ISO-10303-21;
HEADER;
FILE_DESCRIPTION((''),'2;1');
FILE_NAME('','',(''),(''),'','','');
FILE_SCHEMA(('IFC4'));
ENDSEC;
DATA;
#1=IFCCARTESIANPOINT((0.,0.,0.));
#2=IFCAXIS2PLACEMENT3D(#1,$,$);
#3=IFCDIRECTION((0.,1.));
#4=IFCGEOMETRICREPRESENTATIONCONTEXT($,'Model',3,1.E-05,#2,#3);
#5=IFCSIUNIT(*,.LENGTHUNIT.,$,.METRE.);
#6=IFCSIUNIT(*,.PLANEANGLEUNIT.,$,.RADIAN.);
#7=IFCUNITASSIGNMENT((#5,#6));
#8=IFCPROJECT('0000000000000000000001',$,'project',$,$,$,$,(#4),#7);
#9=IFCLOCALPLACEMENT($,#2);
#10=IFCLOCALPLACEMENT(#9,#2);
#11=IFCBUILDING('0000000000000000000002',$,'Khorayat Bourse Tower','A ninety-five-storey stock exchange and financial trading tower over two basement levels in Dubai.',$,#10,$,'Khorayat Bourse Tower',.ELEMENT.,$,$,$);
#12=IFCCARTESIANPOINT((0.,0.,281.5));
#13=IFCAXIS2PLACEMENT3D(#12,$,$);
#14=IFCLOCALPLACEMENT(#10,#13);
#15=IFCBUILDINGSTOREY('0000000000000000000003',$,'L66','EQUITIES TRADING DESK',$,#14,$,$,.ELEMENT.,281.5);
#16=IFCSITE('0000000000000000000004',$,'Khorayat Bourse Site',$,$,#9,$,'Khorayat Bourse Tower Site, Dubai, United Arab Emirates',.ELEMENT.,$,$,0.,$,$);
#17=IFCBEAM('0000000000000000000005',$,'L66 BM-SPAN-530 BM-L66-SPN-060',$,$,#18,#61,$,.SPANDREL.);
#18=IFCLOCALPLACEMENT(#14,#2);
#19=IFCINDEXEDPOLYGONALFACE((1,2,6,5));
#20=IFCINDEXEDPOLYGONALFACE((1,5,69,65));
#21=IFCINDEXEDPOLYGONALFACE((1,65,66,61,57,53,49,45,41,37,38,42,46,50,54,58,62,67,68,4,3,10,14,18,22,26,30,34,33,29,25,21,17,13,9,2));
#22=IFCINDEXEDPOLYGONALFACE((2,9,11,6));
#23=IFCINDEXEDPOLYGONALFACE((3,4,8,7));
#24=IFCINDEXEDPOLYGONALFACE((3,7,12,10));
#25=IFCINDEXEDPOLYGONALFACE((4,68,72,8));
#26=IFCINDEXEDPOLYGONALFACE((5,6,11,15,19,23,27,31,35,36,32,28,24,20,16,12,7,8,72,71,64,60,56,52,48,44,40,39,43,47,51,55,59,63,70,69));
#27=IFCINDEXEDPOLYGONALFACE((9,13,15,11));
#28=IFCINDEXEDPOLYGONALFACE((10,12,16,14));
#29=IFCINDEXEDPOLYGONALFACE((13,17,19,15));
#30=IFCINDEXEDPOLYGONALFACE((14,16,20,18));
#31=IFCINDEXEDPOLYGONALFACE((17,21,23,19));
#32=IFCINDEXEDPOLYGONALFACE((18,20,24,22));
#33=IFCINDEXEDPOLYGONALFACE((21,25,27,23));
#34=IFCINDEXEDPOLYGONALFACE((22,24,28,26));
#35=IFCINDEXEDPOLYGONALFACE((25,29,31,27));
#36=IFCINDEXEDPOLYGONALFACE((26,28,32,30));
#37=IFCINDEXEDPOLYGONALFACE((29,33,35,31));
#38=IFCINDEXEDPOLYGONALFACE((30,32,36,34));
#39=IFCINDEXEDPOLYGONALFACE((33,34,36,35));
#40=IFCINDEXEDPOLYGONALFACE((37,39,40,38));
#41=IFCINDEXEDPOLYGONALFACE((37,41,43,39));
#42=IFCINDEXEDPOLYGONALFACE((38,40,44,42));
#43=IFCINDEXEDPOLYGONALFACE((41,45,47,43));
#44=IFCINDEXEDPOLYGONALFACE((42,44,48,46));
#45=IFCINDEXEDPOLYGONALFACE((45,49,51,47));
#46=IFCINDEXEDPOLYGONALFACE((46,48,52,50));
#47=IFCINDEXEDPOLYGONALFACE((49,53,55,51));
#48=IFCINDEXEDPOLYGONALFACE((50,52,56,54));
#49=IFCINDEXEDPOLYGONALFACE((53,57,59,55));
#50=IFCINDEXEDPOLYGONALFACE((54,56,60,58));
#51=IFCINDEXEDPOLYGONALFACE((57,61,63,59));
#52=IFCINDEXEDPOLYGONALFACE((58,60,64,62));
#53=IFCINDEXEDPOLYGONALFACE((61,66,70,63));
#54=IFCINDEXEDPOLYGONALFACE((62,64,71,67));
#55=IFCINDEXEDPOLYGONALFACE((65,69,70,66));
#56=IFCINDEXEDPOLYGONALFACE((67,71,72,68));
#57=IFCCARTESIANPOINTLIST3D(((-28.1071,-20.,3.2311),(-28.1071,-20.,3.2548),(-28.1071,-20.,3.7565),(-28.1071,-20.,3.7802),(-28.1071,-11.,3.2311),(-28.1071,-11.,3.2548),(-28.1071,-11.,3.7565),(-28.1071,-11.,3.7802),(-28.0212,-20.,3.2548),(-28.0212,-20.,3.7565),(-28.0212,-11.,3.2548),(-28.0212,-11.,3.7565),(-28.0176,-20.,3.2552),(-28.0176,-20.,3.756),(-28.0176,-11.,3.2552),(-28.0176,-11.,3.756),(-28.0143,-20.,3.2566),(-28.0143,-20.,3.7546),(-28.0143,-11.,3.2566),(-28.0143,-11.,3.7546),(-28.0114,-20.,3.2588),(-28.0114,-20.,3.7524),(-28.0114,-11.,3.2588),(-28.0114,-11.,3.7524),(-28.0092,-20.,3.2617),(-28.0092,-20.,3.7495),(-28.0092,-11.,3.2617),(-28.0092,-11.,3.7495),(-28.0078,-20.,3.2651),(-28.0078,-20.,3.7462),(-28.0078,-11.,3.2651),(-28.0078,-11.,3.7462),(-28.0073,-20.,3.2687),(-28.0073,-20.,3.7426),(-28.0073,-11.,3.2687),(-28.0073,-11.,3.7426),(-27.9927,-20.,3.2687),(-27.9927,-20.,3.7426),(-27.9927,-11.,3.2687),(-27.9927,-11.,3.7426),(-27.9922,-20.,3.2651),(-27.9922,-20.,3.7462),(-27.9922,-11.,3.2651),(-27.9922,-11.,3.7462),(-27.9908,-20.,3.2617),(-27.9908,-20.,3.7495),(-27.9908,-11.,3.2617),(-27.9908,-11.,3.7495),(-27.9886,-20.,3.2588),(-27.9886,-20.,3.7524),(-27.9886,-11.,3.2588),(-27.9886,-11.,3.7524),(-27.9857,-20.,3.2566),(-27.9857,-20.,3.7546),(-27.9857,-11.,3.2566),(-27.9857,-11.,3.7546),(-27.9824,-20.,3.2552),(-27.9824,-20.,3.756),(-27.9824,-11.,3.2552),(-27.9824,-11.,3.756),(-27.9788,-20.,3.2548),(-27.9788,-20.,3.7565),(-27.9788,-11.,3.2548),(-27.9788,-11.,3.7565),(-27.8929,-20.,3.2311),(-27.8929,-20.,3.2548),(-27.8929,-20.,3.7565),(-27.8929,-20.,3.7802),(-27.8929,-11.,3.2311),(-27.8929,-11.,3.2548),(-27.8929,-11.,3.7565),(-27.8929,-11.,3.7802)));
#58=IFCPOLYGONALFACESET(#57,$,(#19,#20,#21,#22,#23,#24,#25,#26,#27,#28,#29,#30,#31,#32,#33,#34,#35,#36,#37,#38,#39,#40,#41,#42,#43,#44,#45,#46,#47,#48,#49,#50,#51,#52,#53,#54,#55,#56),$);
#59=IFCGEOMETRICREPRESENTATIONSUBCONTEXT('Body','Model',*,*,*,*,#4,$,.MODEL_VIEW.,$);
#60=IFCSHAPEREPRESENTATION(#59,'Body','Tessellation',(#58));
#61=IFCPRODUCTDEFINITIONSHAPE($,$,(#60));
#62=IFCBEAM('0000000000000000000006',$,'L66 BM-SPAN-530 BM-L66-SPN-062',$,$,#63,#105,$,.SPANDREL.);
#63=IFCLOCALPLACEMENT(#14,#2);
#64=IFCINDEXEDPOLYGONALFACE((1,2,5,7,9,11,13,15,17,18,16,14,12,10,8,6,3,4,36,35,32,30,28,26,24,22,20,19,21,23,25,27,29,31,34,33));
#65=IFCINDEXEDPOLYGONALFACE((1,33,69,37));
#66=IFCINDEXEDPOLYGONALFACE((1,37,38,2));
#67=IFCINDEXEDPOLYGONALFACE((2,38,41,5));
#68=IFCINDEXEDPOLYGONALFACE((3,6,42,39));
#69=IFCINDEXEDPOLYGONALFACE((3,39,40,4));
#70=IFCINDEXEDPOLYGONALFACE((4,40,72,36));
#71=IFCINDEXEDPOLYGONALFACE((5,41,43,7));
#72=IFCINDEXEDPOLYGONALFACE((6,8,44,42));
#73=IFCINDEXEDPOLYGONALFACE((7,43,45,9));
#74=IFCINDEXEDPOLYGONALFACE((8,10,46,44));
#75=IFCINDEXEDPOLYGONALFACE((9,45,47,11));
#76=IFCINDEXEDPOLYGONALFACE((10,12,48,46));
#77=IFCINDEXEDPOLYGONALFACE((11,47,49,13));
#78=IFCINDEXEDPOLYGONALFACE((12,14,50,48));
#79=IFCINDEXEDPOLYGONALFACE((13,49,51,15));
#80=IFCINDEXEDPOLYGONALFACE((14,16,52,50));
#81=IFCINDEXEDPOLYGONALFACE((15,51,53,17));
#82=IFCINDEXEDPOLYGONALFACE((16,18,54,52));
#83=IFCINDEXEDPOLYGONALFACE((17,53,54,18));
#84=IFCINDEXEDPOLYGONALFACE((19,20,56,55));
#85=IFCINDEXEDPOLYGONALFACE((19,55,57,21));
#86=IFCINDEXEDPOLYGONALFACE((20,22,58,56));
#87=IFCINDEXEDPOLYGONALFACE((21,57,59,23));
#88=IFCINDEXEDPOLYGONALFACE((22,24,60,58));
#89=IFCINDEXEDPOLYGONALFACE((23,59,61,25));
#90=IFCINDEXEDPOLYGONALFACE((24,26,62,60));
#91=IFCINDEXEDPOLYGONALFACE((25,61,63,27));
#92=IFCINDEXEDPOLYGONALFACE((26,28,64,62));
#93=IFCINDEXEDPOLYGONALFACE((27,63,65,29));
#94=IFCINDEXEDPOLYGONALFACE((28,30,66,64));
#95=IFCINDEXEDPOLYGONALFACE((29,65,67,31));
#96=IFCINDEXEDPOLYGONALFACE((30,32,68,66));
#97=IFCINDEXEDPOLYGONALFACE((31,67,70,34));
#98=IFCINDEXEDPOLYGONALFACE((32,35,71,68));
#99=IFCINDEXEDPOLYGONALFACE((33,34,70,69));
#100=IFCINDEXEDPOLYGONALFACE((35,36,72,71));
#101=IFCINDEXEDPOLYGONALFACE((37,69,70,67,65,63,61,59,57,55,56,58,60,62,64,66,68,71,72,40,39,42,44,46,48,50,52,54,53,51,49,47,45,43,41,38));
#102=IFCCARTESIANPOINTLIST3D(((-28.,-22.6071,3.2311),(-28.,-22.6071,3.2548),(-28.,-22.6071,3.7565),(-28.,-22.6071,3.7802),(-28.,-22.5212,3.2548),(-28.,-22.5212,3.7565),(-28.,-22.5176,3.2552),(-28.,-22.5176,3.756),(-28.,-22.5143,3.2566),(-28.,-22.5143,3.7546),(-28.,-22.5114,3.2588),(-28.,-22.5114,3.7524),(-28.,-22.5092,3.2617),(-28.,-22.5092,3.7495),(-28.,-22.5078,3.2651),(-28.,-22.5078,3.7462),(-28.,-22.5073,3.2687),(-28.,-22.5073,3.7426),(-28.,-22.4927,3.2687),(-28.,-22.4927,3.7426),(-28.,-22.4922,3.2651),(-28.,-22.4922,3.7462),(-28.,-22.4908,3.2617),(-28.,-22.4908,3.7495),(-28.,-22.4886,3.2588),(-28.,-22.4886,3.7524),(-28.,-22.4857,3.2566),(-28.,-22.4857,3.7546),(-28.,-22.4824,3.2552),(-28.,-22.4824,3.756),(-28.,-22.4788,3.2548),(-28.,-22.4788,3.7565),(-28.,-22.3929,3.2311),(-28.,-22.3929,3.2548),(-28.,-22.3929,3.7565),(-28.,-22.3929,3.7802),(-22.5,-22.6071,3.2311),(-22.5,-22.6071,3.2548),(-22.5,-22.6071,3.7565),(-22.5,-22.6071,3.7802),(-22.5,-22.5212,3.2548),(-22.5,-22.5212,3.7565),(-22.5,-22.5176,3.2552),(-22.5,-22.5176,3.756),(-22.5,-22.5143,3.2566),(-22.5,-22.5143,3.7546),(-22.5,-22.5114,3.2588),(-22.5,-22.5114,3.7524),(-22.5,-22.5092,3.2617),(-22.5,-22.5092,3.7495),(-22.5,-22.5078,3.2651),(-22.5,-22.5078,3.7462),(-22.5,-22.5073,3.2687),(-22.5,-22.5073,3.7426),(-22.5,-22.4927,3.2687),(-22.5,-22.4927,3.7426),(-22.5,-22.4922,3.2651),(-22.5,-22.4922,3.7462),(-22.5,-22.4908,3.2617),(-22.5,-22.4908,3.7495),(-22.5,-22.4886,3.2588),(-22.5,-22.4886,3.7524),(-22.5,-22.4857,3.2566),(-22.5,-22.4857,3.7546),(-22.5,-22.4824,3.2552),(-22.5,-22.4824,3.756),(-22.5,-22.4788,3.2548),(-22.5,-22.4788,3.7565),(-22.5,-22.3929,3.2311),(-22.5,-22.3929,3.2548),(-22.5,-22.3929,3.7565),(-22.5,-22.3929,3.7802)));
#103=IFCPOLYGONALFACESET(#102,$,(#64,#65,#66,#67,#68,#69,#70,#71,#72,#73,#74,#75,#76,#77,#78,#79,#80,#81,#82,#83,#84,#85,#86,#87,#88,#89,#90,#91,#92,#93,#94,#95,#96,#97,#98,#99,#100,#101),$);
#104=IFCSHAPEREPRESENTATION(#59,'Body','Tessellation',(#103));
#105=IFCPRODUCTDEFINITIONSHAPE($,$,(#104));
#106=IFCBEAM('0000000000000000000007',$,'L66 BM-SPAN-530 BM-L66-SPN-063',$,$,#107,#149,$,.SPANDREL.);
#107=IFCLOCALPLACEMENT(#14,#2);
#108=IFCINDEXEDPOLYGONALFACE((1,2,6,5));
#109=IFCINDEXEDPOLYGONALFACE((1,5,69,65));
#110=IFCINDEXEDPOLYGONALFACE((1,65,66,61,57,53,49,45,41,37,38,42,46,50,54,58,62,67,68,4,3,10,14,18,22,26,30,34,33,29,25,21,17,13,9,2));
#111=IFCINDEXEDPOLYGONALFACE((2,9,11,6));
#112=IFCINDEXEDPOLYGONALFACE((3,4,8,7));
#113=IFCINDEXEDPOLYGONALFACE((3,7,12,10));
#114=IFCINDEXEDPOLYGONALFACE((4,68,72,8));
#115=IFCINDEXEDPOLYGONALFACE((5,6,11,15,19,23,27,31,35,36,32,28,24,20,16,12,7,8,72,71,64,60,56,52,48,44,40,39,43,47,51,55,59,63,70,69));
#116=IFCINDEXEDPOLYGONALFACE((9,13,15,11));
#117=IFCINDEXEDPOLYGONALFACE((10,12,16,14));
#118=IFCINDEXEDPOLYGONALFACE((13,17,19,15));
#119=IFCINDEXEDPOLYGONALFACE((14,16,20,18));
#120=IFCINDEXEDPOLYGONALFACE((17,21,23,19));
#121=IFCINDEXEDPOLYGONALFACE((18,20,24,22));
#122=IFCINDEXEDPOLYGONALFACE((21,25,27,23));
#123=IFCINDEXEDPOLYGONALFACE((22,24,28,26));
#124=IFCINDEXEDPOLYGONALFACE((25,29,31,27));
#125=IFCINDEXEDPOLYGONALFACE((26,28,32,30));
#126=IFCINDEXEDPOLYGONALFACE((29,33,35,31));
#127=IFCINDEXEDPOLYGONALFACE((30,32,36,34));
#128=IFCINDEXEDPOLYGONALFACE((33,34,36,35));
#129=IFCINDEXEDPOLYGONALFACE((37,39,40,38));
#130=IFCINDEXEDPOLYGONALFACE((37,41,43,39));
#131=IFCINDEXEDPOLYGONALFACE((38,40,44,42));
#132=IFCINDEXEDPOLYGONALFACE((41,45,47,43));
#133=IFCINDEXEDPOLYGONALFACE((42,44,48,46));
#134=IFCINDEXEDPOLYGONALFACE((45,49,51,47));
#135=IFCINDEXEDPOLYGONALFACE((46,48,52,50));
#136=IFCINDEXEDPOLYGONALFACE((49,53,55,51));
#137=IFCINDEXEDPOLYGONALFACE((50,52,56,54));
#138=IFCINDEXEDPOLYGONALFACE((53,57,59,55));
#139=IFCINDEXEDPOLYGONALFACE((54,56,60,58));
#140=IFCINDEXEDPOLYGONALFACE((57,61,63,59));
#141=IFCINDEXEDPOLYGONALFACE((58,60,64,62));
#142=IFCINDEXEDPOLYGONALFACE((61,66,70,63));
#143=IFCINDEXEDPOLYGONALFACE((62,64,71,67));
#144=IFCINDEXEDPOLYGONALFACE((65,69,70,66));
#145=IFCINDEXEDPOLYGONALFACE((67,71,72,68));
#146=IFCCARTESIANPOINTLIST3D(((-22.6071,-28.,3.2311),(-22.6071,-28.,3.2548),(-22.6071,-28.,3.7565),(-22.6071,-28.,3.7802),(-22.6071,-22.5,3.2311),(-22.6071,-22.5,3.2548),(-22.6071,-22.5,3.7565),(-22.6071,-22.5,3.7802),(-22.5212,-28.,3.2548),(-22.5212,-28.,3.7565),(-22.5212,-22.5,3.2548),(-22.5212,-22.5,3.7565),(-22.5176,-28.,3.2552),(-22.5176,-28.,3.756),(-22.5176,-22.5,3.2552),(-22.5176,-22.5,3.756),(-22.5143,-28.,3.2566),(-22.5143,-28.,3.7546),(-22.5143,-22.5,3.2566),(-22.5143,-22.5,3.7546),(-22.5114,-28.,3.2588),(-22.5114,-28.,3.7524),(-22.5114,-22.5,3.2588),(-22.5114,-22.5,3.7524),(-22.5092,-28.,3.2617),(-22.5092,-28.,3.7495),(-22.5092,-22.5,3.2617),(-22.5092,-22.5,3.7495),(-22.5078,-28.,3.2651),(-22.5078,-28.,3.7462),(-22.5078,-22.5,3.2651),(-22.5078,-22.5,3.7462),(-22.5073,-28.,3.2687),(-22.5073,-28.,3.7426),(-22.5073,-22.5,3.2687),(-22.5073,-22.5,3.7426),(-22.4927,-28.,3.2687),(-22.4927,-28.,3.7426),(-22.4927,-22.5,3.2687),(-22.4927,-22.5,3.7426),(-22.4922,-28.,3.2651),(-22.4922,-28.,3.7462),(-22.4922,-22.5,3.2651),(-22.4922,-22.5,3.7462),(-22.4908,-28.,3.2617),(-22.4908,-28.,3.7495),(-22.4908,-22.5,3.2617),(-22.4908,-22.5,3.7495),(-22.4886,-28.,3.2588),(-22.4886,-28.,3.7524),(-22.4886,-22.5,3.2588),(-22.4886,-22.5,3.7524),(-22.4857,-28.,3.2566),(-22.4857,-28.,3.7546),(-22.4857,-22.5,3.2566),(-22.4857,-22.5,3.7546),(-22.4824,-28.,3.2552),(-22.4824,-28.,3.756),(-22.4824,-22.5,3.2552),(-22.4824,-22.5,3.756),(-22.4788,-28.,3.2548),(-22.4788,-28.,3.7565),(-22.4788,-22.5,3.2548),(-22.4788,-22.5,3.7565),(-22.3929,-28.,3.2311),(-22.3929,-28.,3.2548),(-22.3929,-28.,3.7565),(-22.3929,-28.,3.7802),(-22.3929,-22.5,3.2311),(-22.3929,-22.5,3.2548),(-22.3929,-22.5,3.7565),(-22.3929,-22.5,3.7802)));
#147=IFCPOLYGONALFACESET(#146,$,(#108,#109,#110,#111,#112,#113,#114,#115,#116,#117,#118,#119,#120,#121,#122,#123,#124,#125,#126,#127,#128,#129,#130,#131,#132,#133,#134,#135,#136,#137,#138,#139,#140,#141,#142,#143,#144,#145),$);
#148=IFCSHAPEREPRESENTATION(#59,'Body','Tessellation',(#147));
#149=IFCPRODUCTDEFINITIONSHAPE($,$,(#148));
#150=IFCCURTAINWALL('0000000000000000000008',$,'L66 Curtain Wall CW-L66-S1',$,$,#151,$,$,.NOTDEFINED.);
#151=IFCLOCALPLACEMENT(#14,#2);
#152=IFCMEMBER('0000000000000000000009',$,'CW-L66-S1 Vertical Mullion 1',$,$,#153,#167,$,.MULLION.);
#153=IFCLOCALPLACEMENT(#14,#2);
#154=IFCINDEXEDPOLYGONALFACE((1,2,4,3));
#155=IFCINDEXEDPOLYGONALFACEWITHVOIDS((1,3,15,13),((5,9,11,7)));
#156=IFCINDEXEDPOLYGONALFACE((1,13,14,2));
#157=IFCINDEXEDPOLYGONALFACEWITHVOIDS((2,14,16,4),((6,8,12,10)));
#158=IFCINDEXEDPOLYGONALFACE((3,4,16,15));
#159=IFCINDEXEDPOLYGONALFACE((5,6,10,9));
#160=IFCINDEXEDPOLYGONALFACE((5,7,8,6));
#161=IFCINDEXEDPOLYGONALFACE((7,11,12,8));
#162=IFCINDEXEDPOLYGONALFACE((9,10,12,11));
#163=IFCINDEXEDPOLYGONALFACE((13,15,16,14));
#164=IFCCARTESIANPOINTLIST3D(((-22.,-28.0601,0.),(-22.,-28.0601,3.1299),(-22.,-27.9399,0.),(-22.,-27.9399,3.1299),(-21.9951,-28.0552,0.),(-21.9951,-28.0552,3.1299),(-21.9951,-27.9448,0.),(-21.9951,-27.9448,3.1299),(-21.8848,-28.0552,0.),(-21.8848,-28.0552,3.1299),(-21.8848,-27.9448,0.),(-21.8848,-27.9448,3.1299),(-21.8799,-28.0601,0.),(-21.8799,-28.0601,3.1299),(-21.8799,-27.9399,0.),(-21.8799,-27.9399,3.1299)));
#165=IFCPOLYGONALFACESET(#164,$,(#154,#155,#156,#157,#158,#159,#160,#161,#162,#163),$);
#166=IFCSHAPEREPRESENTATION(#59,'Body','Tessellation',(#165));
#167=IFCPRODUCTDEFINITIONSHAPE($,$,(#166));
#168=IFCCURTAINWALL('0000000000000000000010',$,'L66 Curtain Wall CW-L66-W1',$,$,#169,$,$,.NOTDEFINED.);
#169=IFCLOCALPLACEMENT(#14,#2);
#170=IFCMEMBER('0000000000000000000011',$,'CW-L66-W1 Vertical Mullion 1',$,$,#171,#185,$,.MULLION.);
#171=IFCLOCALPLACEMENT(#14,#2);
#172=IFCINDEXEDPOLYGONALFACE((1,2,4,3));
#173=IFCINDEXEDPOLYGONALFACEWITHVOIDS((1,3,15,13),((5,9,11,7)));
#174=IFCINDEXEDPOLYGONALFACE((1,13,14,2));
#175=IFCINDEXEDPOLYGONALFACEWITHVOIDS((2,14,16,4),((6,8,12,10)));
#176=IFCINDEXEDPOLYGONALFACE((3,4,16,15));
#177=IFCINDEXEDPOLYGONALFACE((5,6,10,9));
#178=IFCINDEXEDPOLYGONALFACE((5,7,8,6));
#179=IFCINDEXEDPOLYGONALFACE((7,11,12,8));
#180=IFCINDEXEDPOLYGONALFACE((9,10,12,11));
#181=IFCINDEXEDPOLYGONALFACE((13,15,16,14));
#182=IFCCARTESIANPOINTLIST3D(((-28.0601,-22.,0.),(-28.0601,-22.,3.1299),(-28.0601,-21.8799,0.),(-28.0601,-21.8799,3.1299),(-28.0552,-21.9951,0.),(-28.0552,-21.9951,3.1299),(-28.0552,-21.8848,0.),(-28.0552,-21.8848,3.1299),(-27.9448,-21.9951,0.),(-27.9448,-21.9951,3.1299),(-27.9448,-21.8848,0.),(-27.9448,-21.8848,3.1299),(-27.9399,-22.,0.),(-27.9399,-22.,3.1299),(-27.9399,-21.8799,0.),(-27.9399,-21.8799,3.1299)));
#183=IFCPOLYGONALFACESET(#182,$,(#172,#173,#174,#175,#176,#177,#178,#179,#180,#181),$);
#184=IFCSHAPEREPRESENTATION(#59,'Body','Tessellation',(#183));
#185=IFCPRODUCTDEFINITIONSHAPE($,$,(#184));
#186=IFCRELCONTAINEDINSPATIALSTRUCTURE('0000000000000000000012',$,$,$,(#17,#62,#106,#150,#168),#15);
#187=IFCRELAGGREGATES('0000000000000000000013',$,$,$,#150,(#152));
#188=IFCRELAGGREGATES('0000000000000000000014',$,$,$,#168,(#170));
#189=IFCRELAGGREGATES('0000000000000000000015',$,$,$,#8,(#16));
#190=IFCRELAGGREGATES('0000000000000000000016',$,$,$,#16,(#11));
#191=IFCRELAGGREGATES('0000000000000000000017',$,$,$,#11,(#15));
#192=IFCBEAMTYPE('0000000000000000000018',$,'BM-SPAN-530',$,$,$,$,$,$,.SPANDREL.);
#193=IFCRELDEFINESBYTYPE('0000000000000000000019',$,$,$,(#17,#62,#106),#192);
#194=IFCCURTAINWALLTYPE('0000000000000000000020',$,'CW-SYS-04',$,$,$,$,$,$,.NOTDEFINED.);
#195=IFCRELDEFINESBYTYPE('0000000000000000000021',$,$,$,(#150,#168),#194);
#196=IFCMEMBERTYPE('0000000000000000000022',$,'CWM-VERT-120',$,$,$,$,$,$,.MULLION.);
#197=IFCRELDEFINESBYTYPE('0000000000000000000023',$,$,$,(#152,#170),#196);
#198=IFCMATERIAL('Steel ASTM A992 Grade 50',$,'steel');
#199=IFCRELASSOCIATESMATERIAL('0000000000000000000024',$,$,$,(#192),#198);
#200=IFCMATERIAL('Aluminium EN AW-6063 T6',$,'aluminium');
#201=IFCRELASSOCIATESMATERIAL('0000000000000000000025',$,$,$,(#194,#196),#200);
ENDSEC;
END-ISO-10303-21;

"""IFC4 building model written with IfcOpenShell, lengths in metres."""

from ifc_helpers import new_model, si_unit, direction, frame, origin, origin_2d, place, context, subcontext, project, spatial, hollow_rectangle, i_section, extrude, source, transform, mapped, material, material_profile, profile_set, type_object, element, aggregate, save


model = new_model("IFC4")

# Units and contexts
model_context = context("Model", 3, precision=1e-05, world=origin(), true_north=direction((0.0, 1.0)))
body_context = subcontext(model_context, "Body", "Model", "MODEL_VIEW")
ifc_project = project(units=[si_unit("LENGTHUNIT", "METRE"), si_unit("PLANEANGLEUNIT", "RADIAN")], contexts=[model_context])

# Site, building, storey
site_placement = place(None, origin())
site = spatial("IfcSite", under=ifc_project, at=site_placement, Name="Khorayat Bourse Site", LongName="Khorayat Bourse Tower Site, Dubai, United Arab Emirates", CompositionType="ELEMENT", RefElevation=0.0)
building_placement = place(site_placement, origin())
building = spatial("IfcBuilding", under=site, at=building_placement, Name="Khorayat Bourse Tower", Description="A ninety-five-storey stock exchange and financial trading tower over two basement levels in Dubai.", LongName="Khorayat Bourse Tower", CompositionType="ELEMENT")
storey_placement = place(building_placement, frame((0.0, 0.0, 281.5)))
storey = spatial("IfcBuildingStorey", under=building, at=storey_placement, Name="L66", Description="EQUITIES TRADING DESK", CompositionType="ELEMENT", Elevation=281.5)

# Beams
ifc_material_1 = material(Name="Steel ASTM A992 Grade 50", Category="steel")
ifc_material_profile_1 = material_profile(ifc_material_1, i_section(OverallWidth=0.2141, OverallDepth=0.5491, WebThickness=0.0146, FlangeThickness=0.0237, FilletRadius=0.0139, at=origin_2d()), Name="W530X138")
ifc_profile_set_1 = profile_set([ifc_material_profile_1], Name="Steel ASTM A992 Grade 50")
beam_type_1 = type_object("IfcBeamType", Name="BM-SPAN-530", PredefinedType="SPANDREL", material=ifc_profile_set_1)
shared_shape_1 = source(origin(), body_context, "Body", "SweptSolid", [
    extrude(i_section(OverallWidth=0.2141, OverallDepth=0.5491, WebThickness=0.0146, FlangeThickness=0.0237, FilletRadius=0.0139, at=origin_2d()), origin(), (0.0, 0.0, 1.0), 9.0),
])
for number, where, z_axis, x_axis, name in (
    (1, (-28.0, -20.0, 3.5056), (0.0, 1.0, 0.0), (-1.0, 0.0, 0.0), "L66 BM-SPAN-530 BM-L66-SPN-060"),
):
    element("IfcBeam", number, at=place(storey_placement, frame(where, z_axis=z_axis, x_axis=x_axis)), inside=storey, type_object=beam_type_1, Name=name, PredefinedType="SPANDREL", context=body_context, shape_type="MappedRepresentation", body=[
        mapped(shared_shape_1, transform((0.0, 0.0, 0.0), scale=1.0)),
    ])
shared_shape_2 = source(origin(), body_context, "Body", "SweptSolid", [
    extrude(i_section(OverallWidth=0.2141, OverallDepth=0.5491, WebThickness=0.0146, FlangeThickness=0.0237, FilletRadius=0.0139, at=origin_2d()), origin(), (0.0, 0.0, 1.0), 5.5),
])
for number, where, z_axis, x_axis, name in (
    (2, (-28.0, -22.5, 3.5056), (1.0, 0.0, 0.0), (0.0, 1.0, 0.0), "L66 BM-SPAN-530 BM-L66-SPN-062"),
    (3, (-22.5, -28.0, 3.5056), (0.0, 1.0, 0.0), (-1.0, 0.0, 0.0), "L66 BM-SPAN-530 BM-L66-SPN-063"),
):
    element("IfcBeam", number, at=place(storey_placement, frame(where, z_axis=z_axis, x_axis=x_axis)), inside=storey, type_object=beam_type_1, Name=name, PredefinedType="SPANDREL", context=body_context, shape_type="MappedRepresentation", body=[
        mapped(shared_shape_2, transform((0.0, 0.0, 0.0), scale=1.0)),
    ])

# Curtain walls, members
ifc_material_2 = material(Name="Aluminium EN AW-6063 T6", Category="aluminium")
curtain_wall_type = type_object("IfcCurtainWallType", Name="CW-SYS-04", PredefinedType="NOTDEFINED", material=ifc_material_2)
curtain_wall_1_placement = place(storey_placement, origin())
curtain_wall_1 = element("IfcCurtainWall", 4, at=curtain_wall_1_placement, inside=storey, type_object=curtain_wall_type, Name="L66 Curtain Wall CW-L66-S1", PredefinedType="NOTDEFINED")
ifc_material_profile_2 = material_profile(ifc_material_2, hollow_rectangle(XDim=0.1201, YDim=0.1201, WallThickness=0.0049, at=origin_2d()), Name="ALU 120x120x5")
ifc_profile_set_2 = profile_set([ifc_material_profile_2], Name="Aluminium EN AW-6063 T6")
member_type_1 = type_object("IfcMemberType", Name="CWM-VERT-120", PredefinedType="MULLION", material=ifc_profile_set_2)
shared_shape_3 = source(origin(), body_context, "Body", "SweptSolid", [
    extrude(hollow_rectangle(XDim=0.1201, YDim=0.1201, WallThickness=0.0049, at=origin_2d()), origin(), (0.0, 0.0, 1.0), 3.1299),
])
member_1_placement = place(storey_placement, frame((-21.9399, -28.0, 0.0), z_axis=(0.0, 0.0, 1.0), x_axis=(0.0, 1.0, 0.0)))
member_1 = element("IfcMember", 5, at=member_1_placement, type_object=member_type_1, Name="CW-L66-S1 Vertical Mullion 1", PredefinedType="MULLION", context=body_context, shape_type="MappedRepresentation", body=[
    mapped(shared_shape_3, transform((0.0, 0.0, 0.0), scale=1.0)),
])
curtain_wall_2_placement = place(storey_placement, origin())
curtain_wall_2 = element("IfcCurtainWall", 6, at=curtain_wall_2_placement, inside=storey, type_object=curtain_wall_type, Name="L66 Curtain Wall CW-L66-W1", PredefinedType="NOTDEFINED")
member_2_placement = place(storey_placement, frame((-28.0, -21.9399, 0.0), z_axis=(0.0, 0.0, 1.0), x_axis=(-1.0, 0.0, 0.0)))
member_2 = element("IfcMember", 7, at=member_2_placement, type_object=member_type_1, Name="CW-L66-W1 Vertical Mullion 1", PredefinedType="MULLION", context=body_context, shape_type="MappedRepresentation", body=[
    mapped(shared_shape_3, transform((0.0, 0.0, 0.0), scale=1.0)),
])

aggregate(curtain_wall_1, [member_1])
aggregate(curtain_wall_2, [member_2])

save(model, "model.ifc")
